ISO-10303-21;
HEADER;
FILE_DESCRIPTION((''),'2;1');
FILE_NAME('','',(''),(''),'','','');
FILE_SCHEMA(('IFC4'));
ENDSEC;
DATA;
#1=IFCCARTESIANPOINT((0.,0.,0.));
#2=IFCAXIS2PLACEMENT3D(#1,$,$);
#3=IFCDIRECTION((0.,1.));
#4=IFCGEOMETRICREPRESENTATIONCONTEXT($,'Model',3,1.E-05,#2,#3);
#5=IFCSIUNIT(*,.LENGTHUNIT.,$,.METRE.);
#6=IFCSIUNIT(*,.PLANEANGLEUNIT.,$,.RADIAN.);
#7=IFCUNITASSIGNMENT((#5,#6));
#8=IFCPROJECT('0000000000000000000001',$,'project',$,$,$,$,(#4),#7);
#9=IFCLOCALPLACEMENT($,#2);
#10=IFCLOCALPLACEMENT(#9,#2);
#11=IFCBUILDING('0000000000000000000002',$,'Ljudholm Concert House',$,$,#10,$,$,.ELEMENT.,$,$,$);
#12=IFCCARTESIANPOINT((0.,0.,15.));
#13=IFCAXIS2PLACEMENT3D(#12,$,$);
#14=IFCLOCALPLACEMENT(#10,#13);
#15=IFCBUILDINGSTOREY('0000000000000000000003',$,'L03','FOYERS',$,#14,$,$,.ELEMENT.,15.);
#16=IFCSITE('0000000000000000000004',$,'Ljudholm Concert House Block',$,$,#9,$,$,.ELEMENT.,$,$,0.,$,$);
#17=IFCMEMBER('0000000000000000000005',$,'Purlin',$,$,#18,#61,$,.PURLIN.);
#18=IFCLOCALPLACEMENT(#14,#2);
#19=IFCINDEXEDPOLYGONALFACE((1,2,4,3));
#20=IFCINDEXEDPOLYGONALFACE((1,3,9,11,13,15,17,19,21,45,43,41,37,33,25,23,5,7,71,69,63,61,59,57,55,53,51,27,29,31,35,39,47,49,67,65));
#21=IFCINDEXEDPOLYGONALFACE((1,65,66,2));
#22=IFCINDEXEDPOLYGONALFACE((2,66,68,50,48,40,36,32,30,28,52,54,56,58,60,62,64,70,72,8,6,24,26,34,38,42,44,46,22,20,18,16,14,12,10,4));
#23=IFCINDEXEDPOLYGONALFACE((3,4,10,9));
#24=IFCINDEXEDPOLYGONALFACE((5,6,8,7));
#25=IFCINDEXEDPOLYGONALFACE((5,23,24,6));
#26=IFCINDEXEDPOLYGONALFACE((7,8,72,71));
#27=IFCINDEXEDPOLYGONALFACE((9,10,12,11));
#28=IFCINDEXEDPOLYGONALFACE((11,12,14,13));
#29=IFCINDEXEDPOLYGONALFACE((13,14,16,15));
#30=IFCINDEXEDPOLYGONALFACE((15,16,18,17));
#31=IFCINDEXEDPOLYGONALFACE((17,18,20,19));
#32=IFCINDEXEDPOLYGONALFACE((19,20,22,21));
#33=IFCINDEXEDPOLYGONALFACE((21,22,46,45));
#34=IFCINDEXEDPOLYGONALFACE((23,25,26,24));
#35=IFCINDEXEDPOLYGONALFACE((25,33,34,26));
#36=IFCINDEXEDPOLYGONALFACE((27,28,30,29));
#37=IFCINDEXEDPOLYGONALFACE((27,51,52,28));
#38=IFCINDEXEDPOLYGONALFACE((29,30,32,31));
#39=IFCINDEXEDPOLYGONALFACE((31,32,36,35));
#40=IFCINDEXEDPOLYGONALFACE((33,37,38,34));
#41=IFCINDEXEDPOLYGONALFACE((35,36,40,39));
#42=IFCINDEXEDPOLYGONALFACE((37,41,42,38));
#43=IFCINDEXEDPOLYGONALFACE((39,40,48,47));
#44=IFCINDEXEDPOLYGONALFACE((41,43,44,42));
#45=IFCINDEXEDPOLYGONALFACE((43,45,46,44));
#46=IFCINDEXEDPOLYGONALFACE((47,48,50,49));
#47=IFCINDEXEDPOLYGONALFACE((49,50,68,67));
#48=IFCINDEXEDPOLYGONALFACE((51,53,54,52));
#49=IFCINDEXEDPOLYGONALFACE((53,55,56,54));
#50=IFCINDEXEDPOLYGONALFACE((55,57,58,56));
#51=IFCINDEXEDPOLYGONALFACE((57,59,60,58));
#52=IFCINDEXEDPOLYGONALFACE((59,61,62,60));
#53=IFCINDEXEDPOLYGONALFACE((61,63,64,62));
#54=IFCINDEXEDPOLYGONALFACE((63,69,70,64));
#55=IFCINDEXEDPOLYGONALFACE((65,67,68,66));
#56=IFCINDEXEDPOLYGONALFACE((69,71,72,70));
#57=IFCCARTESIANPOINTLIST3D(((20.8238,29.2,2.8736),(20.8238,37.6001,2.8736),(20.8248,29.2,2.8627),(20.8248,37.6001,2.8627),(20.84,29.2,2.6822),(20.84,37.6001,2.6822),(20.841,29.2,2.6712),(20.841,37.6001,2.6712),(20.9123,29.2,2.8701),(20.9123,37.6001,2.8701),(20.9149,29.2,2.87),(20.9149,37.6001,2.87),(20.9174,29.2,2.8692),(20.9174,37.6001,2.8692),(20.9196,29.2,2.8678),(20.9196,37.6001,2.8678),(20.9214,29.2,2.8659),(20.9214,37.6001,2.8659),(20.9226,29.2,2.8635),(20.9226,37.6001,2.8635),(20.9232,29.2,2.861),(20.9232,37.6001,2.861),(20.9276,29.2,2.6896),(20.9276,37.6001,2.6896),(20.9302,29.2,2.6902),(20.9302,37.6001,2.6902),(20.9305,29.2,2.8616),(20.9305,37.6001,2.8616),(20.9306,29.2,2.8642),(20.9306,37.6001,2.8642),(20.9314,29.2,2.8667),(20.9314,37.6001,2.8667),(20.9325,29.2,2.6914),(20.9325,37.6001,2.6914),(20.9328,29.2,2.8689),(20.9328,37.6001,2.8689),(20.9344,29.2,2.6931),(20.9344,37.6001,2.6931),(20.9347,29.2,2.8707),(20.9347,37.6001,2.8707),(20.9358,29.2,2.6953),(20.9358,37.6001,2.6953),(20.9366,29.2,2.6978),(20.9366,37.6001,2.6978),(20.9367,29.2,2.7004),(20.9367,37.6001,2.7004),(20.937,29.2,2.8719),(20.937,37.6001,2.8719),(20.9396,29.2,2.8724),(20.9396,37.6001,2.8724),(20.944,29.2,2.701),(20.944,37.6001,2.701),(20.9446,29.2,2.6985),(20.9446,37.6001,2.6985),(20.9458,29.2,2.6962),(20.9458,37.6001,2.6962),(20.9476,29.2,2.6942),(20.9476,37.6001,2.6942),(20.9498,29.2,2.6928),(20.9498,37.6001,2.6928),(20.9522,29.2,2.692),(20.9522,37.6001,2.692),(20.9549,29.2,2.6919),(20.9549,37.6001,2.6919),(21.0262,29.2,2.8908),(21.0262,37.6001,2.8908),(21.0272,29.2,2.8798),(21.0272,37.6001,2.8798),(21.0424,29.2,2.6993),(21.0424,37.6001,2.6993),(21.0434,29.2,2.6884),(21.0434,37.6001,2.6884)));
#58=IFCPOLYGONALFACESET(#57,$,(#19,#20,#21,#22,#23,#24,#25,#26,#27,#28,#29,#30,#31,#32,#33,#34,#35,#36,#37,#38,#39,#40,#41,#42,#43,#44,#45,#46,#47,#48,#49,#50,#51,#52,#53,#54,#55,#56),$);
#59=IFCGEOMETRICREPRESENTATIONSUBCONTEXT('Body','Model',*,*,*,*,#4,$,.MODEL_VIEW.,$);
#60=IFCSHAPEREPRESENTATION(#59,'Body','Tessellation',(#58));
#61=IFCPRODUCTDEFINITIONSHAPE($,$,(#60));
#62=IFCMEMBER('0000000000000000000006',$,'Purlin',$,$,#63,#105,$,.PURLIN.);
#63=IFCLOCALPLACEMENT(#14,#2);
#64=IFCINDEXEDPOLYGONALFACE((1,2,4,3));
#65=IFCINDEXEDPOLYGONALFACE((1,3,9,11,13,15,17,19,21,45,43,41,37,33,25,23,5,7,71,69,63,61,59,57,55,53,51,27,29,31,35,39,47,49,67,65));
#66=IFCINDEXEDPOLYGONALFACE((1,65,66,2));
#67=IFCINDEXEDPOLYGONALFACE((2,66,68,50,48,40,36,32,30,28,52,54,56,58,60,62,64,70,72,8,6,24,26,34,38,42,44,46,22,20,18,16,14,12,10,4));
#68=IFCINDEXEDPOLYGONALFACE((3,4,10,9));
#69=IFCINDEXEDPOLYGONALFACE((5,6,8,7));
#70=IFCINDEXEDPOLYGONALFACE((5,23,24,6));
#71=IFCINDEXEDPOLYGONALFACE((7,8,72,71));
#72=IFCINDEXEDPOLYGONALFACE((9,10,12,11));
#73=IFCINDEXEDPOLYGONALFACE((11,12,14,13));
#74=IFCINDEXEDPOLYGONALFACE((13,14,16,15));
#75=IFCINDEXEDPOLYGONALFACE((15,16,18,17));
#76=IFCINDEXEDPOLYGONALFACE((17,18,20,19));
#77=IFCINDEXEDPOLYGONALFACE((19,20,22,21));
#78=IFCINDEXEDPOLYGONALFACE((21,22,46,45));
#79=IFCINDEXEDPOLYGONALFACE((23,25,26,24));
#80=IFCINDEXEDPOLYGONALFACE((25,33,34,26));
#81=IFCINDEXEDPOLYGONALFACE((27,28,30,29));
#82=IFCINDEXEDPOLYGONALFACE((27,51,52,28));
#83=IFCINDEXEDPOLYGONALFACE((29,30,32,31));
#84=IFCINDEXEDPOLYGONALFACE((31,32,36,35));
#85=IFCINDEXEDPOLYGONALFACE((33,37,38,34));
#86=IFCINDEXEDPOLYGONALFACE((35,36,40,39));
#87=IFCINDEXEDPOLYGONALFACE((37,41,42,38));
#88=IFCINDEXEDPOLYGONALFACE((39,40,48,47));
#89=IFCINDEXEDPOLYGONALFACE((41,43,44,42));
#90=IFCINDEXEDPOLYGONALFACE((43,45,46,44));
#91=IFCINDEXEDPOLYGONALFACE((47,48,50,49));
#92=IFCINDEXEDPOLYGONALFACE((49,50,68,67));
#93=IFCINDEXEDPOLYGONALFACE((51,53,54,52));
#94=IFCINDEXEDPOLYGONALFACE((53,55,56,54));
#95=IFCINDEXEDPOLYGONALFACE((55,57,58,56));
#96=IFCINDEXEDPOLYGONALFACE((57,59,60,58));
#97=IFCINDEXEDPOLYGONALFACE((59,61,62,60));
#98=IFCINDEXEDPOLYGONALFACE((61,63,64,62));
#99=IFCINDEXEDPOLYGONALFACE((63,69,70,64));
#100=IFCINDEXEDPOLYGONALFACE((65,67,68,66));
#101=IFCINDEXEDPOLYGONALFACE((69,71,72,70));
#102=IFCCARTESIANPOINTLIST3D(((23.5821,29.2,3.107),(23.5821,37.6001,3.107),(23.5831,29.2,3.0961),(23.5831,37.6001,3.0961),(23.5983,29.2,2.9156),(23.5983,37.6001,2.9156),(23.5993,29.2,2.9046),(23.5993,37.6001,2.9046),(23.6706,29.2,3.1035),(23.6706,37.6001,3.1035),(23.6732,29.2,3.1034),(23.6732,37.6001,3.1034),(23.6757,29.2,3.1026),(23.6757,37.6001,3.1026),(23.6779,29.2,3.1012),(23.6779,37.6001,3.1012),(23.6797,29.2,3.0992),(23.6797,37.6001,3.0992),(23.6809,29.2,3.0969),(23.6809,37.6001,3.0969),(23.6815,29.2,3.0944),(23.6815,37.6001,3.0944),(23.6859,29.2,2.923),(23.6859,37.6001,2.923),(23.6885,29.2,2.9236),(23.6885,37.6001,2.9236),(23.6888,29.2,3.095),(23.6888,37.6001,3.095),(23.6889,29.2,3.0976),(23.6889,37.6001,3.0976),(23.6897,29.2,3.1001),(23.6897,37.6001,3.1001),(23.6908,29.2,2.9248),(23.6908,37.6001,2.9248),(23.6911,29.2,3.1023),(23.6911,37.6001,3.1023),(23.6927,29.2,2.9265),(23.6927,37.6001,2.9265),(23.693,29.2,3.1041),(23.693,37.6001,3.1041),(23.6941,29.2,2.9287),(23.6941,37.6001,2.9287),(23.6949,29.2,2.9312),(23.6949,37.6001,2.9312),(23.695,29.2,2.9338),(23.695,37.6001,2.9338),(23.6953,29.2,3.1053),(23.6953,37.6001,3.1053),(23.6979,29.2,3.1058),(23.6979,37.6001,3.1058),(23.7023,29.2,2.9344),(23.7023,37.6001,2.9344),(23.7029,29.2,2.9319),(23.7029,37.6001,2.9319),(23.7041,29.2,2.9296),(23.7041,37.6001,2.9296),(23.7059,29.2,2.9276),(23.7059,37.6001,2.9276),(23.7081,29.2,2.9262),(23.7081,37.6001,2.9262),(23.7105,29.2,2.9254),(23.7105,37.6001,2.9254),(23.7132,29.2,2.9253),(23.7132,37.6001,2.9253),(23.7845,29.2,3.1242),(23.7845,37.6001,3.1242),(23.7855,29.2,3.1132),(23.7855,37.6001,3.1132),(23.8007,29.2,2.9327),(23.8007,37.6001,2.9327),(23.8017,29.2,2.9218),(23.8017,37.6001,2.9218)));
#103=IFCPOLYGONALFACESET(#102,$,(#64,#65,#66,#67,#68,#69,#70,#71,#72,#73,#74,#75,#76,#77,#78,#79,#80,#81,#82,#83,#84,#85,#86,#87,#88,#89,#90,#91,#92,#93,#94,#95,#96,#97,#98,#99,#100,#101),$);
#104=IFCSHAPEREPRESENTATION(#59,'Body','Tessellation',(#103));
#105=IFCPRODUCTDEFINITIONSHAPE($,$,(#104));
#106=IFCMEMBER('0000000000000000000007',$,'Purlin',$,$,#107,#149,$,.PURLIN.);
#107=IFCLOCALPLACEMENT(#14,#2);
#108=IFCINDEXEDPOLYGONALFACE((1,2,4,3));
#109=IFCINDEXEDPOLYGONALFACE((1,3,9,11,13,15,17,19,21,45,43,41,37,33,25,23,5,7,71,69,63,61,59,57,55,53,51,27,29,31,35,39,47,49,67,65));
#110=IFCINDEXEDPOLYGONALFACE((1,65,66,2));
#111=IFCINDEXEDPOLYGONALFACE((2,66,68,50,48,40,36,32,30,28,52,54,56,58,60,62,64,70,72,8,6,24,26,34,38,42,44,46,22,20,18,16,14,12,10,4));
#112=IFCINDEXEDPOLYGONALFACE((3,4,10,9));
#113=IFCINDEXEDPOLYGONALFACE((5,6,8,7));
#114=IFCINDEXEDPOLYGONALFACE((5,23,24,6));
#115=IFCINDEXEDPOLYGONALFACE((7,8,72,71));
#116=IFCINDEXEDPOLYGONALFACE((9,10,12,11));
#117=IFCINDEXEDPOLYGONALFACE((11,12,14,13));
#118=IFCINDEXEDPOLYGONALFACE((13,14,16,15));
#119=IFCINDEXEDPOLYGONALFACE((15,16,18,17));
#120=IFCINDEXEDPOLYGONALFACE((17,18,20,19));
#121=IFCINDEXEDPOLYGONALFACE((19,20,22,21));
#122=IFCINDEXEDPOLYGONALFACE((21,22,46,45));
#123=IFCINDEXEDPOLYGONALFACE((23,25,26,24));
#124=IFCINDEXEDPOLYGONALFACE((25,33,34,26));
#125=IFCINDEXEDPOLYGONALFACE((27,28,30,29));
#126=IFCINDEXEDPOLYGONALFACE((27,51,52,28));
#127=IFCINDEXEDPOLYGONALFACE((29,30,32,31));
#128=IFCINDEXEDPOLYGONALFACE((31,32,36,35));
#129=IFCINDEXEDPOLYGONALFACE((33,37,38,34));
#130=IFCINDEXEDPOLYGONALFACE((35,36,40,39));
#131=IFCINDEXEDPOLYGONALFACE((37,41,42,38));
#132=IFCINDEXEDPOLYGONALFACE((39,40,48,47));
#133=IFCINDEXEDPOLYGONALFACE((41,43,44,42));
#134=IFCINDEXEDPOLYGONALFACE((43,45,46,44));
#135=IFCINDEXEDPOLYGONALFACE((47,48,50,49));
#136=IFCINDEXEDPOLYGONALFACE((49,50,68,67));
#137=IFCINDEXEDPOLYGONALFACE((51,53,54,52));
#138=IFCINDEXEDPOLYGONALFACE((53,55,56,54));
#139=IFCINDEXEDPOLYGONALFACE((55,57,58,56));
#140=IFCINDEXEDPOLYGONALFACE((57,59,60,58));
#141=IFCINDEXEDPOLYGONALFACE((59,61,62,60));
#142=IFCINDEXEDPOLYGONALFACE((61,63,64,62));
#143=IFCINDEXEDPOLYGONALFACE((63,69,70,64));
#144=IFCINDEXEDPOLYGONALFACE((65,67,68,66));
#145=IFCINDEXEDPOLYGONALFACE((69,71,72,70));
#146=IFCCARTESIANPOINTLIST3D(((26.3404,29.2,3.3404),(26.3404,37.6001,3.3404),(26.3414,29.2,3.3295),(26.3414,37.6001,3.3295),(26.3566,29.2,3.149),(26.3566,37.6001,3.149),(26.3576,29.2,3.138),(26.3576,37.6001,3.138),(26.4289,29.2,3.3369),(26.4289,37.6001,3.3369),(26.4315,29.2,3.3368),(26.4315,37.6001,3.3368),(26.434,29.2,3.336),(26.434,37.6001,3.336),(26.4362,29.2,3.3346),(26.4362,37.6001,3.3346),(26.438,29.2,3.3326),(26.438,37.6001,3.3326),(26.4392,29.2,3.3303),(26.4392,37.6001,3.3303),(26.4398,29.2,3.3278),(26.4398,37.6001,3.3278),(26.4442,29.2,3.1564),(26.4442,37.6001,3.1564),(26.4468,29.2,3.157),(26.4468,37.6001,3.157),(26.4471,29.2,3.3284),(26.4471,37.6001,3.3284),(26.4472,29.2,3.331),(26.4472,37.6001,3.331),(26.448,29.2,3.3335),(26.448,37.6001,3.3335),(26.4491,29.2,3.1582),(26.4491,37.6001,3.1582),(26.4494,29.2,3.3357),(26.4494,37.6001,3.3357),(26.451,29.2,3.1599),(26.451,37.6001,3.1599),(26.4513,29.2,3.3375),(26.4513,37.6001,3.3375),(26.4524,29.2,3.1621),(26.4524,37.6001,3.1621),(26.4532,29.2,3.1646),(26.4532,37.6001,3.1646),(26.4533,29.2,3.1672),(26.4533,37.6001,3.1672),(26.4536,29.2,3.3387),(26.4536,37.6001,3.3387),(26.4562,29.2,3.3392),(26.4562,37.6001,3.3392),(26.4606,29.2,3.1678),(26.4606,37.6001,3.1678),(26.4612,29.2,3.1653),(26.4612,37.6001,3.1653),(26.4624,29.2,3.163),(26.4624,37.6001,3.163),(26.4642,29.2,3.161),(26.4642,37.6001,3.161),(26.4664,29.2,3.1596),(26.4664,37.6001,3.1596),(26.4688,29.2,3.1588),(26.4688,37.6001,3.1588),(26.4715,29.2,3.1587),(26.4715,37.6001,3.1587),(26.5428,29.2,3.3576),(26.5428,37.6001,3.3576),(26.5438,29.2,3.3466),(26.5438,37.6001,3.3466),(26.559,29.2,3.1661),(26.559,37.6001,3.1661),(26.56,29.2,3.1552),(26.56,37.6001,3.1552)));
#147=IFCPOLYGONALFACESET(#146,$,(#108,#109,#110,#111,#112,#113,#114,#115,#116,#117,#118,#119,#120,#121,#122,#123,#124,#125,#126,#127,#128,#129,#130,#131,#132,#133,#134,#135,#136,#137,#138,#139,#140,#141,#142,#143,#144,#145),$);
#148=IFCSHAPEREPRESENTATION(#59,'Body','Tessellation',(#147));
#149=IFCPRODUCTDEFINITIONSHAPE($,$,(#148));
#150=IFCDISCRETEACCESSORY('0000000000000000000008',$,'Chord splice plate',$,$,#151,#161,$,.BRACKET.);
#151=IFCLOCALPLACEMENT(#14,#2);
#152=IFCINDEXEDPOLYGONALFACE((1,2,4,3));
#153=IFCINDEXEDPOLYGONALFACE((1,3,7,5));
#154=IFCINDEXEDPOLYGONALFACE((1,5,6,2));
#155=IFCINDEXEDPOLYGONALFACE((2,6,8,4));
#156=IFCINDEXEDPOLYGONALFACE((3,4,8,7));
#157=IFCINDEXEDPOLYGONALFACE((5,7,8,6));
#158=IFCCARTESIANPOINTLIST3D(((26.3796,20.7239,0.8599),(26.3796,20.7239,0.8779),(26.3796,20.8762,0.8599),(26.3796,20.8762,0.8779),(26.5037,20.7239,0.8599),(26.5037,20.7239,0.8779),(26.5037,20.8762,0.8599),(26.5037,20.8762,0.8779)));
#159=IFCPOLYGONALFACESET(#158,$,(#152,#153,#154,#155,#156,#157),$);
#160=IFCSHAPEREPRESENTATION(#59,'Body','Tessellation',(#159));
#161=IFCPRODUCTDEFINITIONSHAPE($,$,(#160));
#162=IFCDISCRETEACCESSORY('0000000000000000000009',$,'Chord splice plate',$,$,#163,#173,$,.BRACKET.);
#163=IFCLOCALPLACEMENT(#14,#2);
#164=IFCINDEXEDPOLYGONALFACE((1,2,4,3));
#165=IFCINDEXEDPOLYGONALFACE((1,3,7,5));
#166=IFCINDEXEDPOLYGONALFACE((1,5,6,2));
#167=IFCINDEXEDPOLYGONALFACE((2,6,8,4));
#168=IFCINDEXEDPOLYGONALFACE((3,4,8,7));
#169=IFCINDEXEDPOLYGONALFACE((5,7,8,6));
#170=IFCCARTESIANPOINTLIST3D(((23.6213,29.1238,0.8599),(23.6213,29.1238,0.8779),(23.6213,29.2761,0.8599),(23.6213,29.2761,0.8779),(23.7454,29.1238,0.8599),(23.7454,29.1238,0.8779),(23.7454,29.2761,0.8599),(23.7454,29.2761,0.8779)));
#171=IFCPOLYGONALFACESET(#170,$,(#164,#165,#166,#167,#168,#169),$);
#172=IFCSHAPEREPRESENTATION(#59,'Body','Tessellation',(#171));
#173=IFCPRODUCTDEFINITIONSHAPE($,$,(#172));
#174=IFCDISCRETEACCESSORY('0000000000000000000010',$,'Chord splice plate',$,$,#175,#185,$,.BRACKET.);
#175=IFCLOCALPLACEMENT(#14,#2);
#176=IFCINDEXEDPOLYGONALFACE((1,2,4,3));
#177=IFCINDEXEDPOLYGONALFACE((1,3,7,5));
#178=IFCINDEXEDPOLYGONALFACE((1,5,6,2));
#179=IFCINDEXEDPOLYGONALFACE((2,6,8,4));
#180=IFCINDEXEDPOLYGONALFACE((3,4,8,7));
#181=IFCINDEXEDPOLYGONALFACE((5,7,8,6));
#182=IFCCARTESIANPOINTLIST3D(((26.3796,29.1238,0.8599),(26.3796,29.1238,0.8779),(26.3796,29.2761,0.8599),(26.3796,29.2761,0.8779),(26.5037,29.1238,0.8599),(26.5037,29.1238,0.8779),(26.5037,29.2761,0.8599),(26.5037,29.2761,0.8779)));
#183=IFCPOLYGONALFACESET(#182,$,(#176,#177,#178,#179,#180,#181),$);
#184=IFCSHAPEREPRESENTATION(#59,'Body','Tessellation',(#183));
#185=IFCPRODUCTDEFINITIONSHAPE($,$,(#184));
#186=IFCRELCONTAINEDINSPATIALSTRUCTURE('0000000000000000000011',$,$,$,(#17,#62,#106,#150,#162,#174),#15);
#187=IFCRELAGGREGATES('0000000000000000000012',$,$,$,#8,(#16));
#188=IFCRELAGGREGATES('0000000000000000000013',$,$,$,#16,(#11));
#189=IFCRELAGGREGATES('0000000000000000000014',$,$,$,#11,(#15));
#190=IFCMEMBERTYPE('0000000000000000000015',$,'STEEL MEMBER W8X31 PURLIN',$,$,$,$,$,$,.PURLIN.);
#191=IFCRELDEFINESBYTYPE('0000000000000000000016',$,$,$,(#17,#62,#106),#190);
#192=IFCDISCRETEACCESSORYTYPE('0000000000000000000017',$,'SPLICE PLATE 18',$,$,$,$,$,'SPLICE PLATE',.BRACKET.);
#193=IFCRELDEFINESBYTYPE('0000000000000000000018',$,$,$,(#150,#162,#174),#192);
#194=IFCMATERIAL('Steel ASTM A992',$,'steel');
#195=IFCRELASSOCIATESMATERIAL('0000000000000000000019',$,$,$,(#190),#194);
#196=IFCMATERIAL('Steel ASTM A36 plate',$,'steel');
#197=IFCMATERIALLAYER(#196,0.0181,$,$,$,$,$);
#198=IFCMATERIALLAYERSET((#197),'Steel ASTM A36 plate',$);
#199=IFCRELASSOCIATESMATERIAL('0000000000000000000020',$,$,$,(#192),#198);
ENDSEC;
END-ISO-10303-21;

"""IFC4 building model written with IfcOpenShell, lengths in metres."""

from ifc_helpers import new_model, si_unit, direction, frame, origin, origin_2d, place, context, subcontext, project, spatial, rectangle, i_section, extrude, material, layer, layer_set, material_profile, profile_set, type_object, element, save


model = new_model("IFC4")

# Units and contexts
model_context = context("Model", 3, precision=1e-05, world=origin(), true_north=direction((0.0, 1.0)))
body_context = subcontext(model_context, "Body", "Model", "MODEL_VIEW")
ifc_project = project(units=[si_unit("LENGTHUNIT", "METRE"), si_unit("PLANEANGLEUNIT", "RADIAN")], contexts=[model_context])

# Site, building, storey
site_placement = place(None, origin())
site = spatial("IfcSite", under=ifc_project, at=site_placement, Name="Ljudholm Concert House Block", CompositionType="ELEMENT", RefElevation=0.0)
building_placement = place(site_placement, origin())
building = spatial("IfcBuilding", under=site, at=building_placement, Name="Ljudholm Concert House", CompositionType="ELEMENT")
storey_placement = place(building_placement, frame((0.0, 0.0, 15.0)))
storey = spatial("IfcBuildingStorey", under=building, at=storey_placement, Name="L03", Description="FOYERS", CompositionType="ELEMENT", Elevation=15.0)

# Members
ifc_material_1 = material(Name="Steel ASTM A992", Category="steel")
ifc_material_profile_1 = material_profile(ifc_material_1, i_section(OverallWidth=0.2031, OverallDepth=0.2031, WebThickness=0.0073, FlangeThickness=0.011, FilletRadius=0.01, at=origin_2d()), Name="W8X31")
ifc_profile_set_1 = profile_set([ifc_material_profile_1], Name="Steel ASTM A992")
member_type_1 = type_object("IfcMemberType", Name="STEEL MEMBER W8X31 PURLIN", PredefinedType="PURLIN", material=ifc_profile_set_1)
for number, where, z_axis, x_axis, name in (
    (1, (20.9336, 29.2, 2.781), (0.0, 1.0, 0.0), (-0.996441, 0.0, -0.084291), "Purlin"),
    (2, (23.6919, 29.2, 3.0144), (0.0, 1.0, 0.0), (-0.996441, 0.0, -0.084291), "Purlin"),
    (3, (26.4502, 29.2, 3.2478), (0.0, 1.0, 0.0), (-0.996441, 0.0, -0.084291), "Purlin"),
):
    element("IfcMember", number, at=place(storey_placement, frame(where, z_axis=z_axis, x_axis=x_axis)), inside=storey, type_object=member_type_1, Name=name, PredefinedType="PURLIN", context=body_context, shape_type="SweptSolid", body=[
        extrude(i_section(OverallWidth=0.2031, OverallDepth=0.2031, WebThickness=0.0073, FlangeThickness=0.011, FilletRadius=0.01, at=origin_2d()), origin(), (0.0, 0.0, 1.0), 8.4001),
    ])

# Discrete accessories
ifc_material_2 = material(Name="Steel ASTM A36 plate", Category="steel")
ifc_layer = layer(ifc_material_2, 0.0181)
ifc_layer_set = layer_set([ifc_layer], Name="Steel ASTM A36 plate")
discrete_accessory_type = type_object("IfcDiscreteAccessoryType", Name="SPLICE PLATE 18", ElementType="SPLICE PLATE", PredefinedType="BRACKET", material=ifc_layer_set)
for number, where, z_axis, x_axis, name in (
    (4, (26.4417, 20.8, 0.8599), (0.0, 0.0, 1.0), (1.0, 0.0, 0.0), "Chord splice plate"),
    (5, (23.6833, 29.2, 0.8599), (0.0, 0.0, 1.0), (1.0, 0.0, 0.0), "Chord splice plate"),
    (6, (26.4417, 29.2, 0.8599), (0.0, 0.0, 1.0), (1.0, 0.0, 0.0), "Chord splice plate"),
):
    element("IfcDiscreteAccessory", number, at=place(storey_placement, frame(where, z_axis=z_axis, x_axis=x_axis)), inside=storey, type_object=discrete_accessory_type, Name=name, PredefinedType="BRACKET", context=body_context, shape_type="SweptSolid", body=[
        extrude(rectangle(XDim=0.124, YDim=0.1523, at=origin_2d()), origin(), (0.0, 0.0, 1.0), 0.0181),
    ])

save(model, "model.ifc")
